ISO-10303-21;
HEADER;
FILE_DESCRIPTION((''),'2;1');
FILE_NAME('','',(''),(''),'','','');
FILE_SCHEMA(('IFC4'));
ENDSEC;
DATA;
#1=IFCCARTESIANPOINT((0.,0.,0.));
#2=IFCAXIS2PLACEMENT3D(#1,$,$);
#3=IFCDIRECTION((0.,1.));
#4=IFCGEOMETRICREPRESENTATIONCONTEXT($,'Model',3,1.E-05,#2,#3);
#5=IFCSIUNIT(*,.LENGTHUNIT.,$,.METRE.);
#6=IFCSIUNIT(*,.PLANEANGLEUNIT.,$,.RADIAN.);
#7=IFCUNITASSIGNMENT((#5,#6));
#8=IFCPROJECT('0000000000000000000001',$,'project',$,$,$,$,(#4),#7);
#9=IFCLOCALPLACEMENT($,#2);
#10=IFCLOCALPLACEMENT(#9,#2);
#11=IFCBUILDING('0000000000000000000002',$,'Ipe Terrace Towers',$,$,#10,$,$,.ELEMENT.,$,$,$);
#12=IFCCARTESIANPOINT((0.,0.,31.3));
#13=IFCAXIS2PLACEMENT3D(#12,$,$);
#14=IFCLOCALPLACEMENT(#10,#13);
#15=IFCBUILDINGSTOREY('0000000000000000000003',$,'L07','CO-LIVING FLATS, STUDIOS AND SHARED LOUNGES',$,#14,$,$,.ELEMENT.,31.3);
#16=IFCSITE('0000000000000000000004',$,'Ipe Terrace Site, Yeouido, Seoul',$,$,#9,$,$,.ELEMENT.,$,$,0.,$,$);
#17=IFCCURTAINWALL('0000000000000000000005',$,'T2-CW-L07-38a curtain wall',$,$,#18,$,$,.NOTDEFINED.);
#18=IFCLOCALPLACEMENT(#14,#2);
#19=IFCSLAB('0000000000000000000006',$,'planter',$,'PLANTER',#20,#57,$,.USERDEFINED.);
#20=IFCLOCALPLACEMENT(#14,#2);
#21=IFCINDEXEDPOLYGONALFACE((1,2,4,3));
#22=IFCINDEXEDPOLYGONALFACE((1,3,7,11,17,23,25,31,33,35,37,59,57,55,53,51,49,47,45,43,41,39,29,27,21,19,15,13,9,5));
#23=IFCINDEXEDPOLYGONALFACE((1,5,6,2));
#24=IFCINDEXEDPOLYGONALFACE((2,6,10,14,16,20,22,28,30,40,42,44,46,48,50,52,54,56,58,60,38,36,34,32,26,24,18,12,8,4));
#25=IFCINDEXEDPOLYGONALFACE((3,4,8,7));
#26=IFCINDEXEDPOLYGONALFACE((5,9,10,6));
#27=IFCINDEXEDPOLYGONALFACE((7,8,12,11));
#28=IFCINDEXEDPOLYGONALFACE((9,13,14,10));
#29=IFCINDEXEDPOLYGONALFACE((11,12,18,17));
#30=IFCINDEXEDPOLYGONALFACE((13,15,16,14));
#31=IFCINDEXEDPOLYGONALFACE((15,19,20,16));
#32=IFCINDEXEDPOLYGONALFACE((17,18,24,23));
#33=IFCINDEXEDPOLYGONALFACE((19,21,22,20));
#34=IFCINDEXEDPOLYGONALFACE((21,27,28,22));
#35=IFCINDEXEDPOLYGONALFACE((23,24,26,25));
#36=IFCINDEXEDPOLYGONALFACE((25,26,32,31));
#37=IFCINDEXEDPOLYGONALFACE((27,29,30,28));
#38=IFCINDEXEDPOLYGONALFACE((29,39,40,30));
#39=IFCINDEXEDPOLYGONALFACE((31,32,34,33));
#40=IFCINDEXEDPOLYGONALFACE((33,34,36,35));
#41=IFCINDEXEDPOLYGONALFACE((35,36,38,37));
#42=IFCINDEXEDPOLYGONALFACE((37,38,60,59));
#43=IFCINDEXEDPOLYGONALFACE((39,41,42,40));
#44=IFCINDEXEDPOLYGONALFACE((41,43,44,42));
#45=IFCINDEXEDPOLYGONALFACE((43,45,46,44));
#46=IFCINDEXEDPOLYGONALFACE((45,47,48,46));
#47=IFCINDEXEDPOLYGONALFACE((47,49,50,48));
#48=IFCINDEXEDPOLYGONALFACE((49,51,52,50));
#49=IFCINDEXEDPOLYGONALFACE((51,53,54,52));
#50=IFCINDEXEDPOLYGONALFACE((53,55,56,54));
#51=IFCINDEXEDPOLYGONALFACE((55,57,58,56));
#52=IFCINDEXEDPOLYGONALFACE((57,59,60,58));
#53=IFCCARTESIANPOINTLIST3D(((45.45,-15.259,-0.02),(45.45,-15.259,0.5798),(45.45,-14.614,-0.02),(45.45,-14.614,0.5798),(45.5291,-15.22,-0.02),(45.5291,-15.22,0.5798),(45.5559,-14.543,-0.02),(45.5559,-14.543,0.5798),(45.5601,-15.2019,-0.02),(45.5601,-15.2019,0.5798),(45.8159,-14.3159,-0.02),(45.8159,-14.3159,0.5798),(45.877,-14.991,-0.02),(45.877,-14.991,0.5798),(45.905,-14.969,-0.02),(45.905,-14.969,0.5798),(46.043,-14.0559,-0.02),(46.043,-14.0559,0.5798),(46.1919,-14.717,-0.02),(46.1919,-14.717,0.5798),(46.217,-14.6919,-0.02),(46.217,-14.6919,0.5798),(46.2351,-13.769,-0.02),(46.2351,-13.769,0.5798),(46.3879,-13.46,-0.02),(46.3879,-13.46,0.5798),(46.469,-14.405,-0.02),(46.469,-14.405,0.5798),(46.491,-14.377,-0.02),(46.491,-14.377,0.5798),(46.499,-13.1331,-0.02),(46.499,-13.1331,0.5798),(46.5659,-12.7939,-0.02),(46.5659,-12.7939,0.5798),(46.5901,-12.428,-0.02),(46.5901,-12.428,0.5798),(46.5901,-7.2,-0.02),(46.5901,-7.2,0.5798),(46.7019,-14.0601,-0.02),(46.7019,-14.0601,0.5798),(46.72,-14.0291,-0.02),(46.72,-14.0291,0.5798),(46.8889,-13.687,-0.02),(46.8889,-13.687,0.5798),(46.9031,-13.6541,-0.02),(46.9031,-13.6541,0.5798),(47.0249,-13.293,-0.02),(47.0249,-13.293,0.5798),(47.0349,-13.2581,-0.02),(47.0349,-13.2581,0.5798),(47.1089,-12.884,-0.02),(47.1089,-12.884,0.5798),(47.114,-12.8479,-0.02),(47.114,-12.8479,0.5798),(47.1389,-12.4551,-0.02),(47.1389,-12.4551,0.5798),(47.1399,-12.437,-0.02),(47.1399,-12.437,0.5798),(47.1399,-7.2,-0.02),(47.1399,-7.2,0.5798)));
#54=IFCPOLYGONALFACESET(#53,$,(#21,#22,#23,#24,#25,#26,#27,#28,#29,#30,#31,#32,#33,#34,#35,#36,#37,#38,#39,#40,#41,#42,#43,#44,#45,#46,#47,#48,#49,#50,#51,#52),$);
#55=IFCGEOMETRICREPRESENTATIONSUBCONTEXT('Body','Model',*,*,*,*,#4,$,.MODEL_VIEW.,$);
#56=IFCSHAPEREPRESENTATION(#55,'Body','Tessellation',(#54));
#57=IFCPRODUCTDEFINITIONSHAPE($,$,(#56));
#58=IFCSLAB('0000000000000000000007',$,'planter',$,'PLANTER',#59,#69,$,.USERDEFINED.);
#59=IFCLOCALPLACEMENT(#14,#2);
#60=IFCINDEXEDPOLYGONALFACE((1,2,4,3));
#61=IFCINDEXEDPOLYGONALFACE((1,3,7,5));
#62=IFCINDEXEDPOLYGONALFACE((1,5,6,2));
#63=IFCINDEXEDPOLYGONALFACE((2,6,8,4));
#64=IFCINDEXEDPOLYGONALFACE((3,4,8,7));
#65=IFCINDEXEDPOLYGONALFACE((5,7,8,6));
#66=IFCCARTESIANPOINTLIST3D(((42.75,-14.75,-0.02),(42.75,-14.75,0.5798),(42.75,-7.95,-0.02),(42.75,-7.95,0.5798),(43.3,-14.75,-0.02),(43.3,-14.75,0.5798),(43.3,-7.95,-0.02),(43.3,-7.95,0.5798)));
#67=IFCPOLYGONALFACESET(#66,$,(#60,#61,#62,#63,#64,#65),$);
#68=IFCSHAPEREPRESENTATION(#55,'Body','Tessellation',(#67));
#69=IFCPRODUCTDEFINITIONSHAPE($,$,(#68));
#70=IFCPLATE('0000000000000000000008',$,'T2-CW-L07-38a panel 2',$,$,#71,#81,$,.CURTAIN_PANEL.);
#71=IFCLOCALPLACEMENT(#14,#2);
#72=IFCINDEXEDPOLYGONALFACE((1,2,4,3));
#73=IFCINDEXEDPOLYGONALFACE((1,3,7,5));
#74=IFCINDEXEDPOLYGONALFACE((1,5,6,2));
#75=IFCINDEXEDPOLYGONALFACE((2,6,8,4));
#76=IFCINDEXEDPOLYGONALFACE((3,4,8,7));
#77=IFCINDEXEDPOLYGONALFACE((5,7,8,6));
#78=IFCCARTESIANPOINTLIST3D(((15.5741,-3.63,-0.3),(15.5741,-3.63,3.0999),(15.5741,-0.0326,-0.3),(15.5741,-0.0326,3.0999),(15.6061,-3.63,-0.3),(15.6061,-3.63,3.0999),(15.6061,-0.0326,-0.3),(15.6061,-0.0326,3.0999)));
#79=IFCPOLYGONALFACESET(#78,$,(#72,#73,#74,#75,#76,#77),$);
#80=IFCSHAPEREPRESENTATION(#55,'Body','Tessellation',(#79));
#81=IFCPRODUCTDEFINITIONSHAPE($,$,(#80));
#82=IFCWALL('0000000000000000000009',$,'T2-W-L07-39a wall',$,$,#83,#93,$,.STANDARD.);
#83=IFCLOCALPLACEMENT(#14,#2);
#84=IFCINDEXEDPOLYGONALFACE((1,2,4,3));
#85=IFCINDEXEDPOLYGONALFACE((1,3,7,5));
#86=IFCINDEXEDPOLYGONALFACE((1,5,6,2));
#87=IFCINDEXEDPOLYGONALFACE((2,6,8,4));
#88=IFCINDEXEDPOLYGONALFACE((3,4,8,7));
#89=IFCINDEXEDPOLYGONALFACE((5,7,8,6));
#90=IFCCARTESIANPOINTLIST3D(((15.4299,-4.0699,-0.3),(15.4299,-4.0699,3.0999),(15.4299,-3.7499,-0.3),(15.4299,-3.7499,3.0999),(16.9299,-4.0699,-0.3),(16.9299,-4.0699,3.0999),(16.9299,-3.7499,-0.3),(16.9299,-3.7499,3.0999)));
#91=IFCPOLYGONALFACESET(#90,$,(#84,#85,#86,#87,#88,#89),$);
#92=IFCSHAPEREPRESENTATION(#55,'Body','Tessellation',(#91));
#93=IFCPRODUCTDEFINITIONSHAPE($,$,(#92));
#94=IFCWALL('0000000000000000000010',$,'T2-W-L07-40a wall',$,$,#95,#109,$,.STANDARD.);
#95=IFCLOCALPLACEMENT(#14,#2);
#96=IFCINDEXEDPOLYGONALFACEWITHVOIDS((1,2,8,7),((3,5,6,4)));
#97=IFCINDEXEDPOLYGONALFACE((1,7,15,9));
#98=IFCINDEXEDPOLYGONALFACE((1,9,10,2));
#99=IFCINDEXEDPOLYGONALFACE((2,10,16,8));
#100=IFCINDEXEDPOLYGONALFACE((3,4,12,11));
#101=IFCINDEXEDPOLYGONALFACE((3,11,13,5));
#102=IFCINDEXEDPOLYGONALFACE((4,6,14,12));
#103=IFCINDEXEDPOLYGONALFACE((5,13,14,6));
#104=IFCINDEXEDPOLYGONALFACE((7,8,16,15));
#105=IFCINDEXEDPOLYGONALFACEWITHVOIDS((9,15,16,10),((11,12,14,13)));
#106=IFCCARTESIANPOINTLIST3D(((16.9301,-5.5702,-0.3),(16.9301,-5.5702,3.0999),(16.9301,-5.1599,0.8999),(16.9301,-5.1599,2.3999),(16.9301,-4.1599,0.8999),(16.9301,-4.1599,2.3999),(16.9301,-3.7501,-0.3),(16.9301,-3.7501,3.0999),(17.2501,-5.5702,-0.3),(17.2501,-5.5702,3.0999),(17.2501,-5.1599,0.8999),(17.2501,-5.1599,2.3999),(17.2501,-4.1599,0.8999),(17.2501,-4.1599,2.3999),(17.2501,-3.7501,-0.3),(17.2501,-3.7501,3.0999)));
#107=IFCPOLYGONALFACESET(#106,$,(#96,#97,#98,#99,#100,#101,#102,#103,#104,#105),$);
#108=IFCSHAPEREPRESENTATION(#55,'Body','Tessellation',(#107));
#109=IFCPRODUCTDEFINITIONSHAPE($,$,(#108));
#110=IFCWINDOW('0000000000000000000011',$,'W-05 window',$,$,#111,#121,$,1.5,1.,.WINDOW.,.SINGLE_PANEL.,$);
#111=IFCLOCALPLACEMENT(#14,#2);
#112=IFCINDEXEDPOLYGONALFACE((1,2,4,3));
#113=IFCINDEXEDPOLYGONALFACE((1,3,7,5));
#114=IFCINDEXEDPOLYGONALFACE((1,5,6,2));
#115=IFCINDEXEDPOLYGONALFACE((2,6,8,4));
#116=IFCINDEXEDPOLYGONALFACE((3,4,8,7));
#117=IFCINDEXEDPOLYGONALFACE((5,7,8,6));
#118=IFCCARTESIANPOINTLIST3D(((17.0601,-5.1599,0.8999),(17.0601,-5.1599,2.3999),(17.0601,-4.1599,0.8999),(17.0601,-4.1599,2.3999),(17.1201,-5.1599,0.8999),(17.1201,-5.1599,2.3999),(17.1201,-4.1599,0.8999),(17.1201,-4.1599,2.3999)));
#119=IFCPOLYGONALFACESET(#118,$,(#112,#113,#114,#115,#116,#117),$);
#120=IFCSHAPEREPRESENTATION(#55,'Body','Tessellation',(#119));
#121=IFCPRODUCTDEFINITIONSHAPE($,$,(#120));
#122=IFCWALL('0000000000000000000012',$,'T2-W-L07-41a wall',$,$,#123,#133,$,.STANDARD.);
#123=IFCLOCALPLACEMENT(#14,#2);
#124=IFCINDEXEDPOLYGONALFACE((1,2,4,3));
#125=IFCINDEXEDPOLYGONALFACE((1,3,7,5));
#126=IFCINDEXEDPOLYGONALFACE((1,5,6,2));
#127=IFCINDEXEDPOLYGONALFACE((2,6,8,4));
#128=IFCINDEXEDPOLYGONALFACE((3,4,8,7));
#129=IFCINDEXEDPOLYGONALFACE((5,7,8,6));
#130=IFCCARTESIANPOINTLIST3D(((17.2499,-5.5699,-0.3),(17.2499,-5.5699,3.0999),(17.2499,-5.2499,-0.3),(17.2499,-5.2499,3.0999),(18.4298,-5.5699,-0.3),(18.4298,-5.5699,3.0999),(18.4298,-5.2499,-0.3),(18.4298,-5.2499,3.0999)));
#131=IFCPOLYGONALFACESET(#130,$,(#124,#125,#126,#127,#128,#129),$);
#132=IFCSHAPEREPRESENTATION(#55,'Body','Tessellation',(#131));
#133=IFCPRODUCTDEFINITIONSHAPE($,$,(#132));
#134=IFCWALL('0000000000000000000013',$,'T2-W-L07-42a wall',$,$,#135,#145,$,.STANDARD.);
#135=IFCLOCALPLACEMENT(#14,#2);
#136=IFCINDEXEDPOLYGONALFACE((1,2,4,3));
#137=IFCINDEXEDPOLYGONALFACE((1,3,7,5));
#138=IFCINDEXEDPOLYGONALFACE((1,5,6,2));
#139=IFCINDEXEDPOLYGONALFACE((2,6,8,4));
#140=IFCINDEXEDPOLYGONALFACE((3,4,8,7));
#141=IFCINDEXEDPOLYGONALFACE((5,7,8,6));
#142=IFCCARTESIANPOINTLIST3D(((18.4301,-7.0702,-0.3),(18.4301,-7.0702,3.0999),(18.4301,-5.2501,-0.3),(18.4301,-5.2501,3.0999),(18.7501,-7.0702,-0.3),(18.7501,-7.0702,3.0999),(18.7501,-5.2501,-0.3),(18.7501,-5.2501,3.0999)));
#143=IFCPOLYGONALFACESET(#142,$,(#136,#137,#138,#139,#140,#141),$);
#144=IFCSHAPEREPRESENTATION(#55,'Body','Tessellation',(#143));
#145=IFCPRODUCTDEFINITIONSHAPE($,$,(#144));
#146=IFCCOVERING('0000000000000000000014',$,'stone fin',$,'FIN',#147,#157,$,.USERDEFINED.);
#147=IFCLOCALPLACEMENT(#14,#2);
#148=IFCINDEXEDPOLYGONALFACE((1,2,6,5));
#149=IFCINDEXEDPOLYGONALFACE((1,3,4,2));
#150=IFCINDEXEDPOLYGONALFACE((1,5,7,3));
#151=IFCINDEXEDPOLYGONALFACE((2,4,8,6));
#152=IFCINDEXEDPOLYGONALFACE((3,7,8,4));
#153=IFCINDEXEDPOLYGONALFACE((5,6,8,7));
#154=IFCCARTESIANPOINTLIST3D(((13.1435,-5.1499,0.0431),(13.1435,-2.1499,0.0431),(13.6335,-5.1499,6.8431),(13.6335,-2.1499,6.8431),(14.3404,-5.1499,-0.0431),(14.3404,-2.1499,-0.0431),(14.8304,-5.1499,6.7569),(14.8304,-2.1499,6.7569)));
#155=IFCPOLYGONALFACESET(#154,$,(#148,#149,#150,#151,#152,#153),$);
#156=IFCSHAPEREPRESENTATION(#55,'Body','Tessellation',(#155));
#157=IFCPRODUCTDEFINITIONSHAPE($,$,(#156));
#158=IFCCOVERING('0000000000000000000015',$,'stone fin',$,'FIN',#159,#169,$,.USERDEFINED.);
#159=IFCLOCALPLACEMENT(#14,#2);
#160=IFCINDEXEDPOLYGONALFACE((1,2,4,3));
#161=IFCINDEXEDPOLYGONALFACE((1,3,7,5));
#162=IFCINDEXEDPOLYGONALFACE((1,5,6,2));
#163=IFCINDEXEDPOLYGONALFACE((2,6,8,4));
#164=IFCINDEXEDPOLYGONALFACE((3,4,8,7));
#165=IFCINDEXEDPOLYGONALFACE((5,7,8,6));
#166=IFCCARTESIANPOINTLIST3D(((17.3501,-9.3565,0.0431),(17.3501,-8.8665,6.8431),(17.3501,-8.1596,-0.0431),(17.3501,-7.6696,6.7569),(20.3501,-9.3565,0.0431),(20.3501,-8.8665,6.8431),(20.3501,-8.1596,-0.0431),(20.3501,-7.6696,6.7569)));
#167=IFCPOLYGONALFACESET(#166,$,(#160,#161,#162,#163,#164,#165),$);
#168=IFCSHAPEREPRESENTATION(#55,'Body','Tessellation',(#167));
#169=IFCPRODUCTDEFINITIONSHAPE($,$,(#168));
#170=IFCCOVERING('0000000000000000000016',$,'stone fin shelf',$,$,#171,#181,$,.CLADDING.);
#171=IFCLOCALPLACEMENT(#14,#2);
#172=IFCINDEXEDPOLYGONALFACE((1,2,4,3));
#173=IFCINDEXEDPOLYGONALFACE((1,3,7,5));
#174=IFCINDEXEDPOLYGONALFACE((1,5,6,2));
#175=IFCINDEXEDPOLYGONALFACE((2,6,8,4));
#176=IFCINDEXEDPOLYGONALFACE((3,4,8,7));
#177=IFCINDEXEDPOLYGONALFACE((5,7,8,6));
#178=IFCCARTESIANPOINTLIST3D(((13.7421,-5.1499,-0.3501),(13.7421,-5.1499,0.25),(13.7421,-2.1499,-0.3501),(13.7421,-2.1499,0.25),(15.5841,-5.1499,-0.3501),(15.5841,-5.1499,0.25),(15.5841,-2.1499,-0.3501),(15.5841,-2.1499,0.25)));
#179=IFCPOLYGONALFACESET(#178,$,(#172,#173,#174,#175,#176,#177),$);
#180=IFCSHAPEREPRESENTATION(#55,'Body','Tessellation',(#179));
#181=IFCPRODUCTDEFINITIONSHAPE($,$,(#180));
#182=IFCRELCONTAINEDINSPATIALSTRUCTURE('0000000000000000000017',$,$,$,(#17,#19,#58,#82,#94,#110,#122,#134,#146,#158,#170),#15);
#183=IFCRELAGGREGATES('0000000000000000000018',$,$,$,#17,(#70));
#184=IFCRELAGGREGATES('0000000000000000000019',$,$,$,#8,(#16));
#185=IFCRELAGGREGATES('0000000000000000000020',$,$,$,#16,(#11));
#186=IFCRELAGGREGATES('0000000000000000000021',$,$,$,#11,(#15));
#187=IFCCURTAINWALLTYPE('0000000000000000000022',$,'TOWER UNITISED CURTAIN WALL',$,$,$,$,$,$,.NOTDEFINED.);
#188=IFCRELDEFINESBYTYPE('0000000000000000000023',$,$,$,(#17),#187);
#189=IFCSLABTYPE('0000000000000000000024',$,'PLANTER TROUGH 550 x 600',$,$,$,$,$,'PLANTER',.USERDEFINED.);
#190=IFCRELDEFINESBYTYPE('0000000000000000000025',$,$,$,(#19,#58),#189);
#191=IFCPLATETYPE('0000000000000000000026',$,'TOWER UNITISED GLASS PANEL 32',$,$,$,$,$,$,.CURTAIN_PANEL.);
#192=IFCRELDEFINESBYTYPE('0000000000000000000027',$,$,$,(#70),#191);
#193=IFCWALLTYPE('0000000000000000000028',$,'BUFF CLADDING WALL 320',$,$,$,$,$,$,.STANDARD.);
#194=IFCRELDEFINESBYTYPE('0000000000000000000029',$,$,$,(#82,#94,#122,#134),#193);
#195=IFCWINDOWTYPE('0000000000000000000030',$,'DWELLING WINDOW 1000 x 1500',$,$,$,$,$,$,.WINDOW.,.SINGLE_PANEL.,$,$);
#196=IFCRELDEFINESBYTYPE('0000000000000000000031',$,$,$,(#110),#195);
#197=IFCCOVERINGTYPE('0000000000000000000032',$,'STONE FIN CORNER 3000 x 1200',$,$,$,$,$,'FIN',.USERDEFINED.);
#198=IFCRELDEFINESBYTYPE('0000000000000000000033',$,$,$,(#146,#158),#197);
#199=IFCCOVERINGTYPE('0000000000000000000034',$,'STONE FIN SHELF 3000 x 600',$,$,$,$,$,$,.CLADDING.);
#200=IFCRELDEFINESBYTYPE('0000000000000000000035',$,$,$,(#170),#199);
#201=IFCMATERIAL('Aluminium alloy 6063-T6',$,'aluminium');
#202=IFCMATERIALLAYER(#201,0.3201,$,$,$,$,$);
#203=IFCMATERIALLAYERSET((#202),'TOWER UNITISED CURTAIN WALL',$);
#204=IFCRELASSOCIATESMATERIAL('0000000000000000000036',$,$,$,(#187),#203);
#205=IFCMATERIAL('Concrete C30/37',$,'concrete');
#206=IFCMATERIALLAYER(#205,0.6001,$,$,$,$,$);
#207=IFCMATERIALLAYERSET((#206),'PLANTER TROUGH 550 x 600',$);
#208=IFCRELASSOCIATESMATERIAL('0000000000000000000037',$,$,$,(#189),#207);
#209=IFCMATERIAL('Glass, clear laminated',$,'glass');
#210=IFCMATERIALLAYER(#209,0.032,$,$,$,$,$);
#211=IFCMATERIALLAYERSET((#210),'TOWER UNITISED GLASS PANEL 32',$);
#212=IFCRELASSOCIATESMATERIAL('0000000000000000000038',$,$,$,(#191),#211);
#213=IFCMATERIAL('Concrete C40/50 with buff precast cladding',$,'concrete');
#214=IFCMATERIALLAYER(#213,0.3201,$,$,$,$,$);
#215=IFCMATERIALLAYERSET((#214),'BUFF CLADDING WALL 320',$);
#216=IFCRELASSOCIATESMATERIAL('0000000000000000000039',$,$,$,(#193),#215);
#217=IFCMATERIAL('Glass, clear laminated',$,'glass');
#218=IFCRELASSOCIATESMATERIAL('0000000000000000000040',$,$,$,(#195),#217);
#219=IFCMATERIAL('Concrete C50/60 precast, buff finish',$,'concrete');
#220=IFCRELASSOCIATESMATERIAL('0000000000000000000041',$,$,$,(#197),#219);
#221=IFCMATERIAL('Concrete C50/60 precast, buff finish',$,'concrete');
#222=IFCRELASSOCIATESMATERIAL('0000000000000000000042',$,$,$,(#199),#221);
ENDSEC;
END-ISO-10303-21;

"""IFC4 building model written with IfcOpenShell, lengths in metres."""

from ifc_helpers import new_model, si_unit, direction, frame, frame_2d, origin, origin_2d, place, context, subcontext, project, spatial, polyline, rectangle, outline, extrude, material, layer, layer_set, material_profile, profile_set, type_object, element, fill, aggregate, save


model = new_model("IFC4")

# Units and contexts
model_context = context("Model", 3, precision=1e-05, world=origin(), true_north=direction((0.0, 1.0)))
body_context = subcontext(model_context, "Body", "Model", "MODEL_VIEW")
ifc_project = project(units=[si_unit("LENGTHUNIT", "METRE"), si_unit("PLANEANGLEUNIT", "RADIAN")], contexts=[model_context])

# Site, building, storey
site_placement = place(None, origin())
site = spatial("IfcSite", under=ifc_project, at=site_placement, Name="Ipe Terrace Site, Yeouido, Seoul", CompositionType="ELEMENT", RefElevation=0.0)
building_placement = place(site_placement, origin())
building = spatial("IfcBuilding", under=site, at=building_placement, Name="Ipe Terrace Towers", CompositionType="ELEMENT")
storey_placement = place(building_placement, frame((0.0, 0.0, 31.3)))
storey = spatial("IfcBuildingStorey", under=building, at=storey_placement, Name="L07", Description="CO-LIVING FLATS, STUDIOS AND SHARED LOUNGES", CompositionType="ELEMENT", Elevation=31.3)

# Curtain wall
ifc_material_1 = material(Name="Aluminium alloy 6063-T6", Category="aluminium")
ifc_layer_1 = layer(ifc_material_1, 0.3201)
ifc_layer_set_1 = layer_set([ifc_layer_1], Name="TOWER UNITISED CURTAIN WALL")
curtain_wall_type = type_object("IfcCurtainWallType", Name="TOWER UNITISED CURTAIN WALL", PredefinedType="NOTDEFINED", material=ifc_layer_set_1)
curtain_wall_1_placement = place(storey_placement, origin())
curtain_wall_1 = element("IfcCurtainWall", 1, at=curtain_wall_1_placement, inside=storey, type_object=curtain_wall_type, Name="T2-CW-L07-38a curtain wall", PredefinedType="NOTDEFINED")

# Slabs
ifc_material_2 = material(Name="Concrete C30/37", Category="concrete")
ifc_layer_2 = layer(ifc_material_2, 0.6001)
ifc_layer_set_2 = layer_set([ifc_layer_2], Name="PLANTER TROUGH 550 x 600")
slab_type_1 = type_object("IfcSlabType", Name="PLANTER TROUGH 550 x 600", ElementType="PLANTER", PredefinedType="USERDEFINED", material=ifc_layer_set_2)
slab_1_placement = place(storey_placement, frame((0.0, 0.0, -0.02)))
element("IfcSlab", 2, at=slab_1_placement, inside=storey, type_object=slab_type_1, Name="planter", ObjectType="PLANTER", PredefinedType="USERDEFINED", context=body_context, shape_type="SweptSolid", body=[
    extrude(outline(polyline([(45.5559, -14.543), (45.45, -14.614), (45.45, -15.259), (45.5291, -15.22), (45.5601, -15.2019), (45.877, -14.991), (45.905, -14.969), (46.1919, -14.717), (46.217, -14.6919), (46.469, -14.405), (46.491, -14.377), (46.7019, -14.0601), (46.72, -14.0291), (46.8889, -13.687), (46.9031, -13.6541), (47.0249, -13.293), (47.0349, -13.2581), (47.1089, -12.884), (47.114, -12.8479), (47.1389, -12.4551), (47.1399, -12.437), (47.1399, -7.2), (46.5901, -7.2), (46.5901, -12.428), (46.5659, -12.7939), (46.499, -13.1331), (46.3879, -13.46), (46.2351, -13.769), (46.043, -14.0559), (45.8159, -14.3159), (45.5559, -14.543)])), origin(), (0.0, 0.0, 1.0), 0.5999),
])
slab_2_placement = place(storey_placement, frame((0.0, 0.0, -0.02)))
element("IfcSlab", 3, at=slab_2_placement, inside=storey, type_object=slab_type_1, Name="planter", ObjectType="PLANTER", PredefinedType="USERDEFINED", context=body_context, shape_type="SweptSolid", body=[
    extrude(outline(polyline([(42.75, -7.95), (42.75, -14.75), (43.3, -14.75), (43.3, -7.95), (42.75, -7.95)])), origin(), (0.0, 0.0, 1.0), 0.5999),
])

# Plate
ifc_material_3 = material(Name="Glass, clear laminated", Category="glass")
ifc_layer_3 = layer(ifc_material_3, 0.032)
ifc_layer_set_3 = layer_set([ifc_layer_3], Name="TOWER UNITISED GLASS PANEL 32")
plate_type = type_object("IfcPlateType", Name="TOWER UNITISED GLASS PANEL 32", PredefinedType="CURTAIN_PANEL", material=ifc_layer_set_3)
plate_placement = place(storey_placement, frame((15.5901, -1.8313, -0.3), z_axis=(0.0, 0.0, 1.0), x_axis=(0.0, -1.0, 0.0)))
plate = element("IfcPlate", 4, at=plate_placement, type_object=plate_type, Name="T2-CW-L07-38a panel 2", PredefinedType="CURTAIN_PANEL", context=body_context, shape_type="SweptSolid", body=[
    extrude(rectangle(XDim=3.5974, YDim=0.032, at=origin_2d()), origin(), (0.0, 0.0, 1.0), 3.3999),
])
aggregate(curtain_wall_1, [plate])

# Wall
ifc_material_4 = material(Name="Concrete C40/50 with buff precast cladding", Category="concrete")
ifc_layer_4 = layer(ifc_material_4, 0.3201)
ifc_layer_set_4 = layer_set([ifc_layer_4], Name="BUFF CLADDING WALL 320")
wall_type = type_object("IfcWallType", Name="BUFF CLADDING WALL 320", PredefinedType="STANDARD", material=ifc_layer_set_4)
wall_1_placement = place(storey_placement, frame((15.4299, -3.9099, -0.3), z_axis=(0.0, 0.0, 1.0), x_axis=(1.0, 0.0, 0.0)))
element("IfcWall", 5, at=wall_1_placement, inside=storey, type_object=wall_type, Name="T2-W-L07-39a wall", PredefinedType="STANDARD", context=body_context, shape_type="SweptSolid", body=[
    extrude(rectangle(XDim=1.5, YDim=0.3201, at=frame_2d((0.75, 0.0))), origin(), (0.0, 0.0, 1.0), 3.3999),
])

# Wall, opening, window
wall_2_placement = place(storey_placement, frame((17.0901, -3.75, -0.3), z_axis=(0.0, 0.0, 1.0), x_axis=(0.0, -1.0, 0.0)))
wall_2 = element("IfcWall", 6, at=wall_2_placement, inside=storey, type_object=wall_type, Name="T2-W-L07-40a wall", PredefinedType="STANDARD", context=body_context, shape_type="SweptSolid", body=[
    extrude(rectangle(XDim=1.8201, YDim=0.3201, at=frame_2d((0.9102, 0.0))), origin(), (0.0, 0.0, 1.0), 3.3999),
])
opening_placement = place(wall_2_placement, frame((0.4099, 0.0, 1.2)))
opening = element("IfcOpeningElement", 7, at=opening_placement, cuts=wall_2, PredefinedType="OPENING", context=body_context, shape_type="SweptSolid", body=[
    extrude(rectangle(XDim=1.0, YDim=1.5, at=frame_2d((0.5, 0.75))), frame((0.0, 0.1699, 0.0), z_axis=(0.0, -1.0, 0.0), x_axis=(1.0, 0.0, 0.0)), (0.0, 0.0, 1.0), 0.3401),
])
ifc_material_5 = material(Name="Glass, clear laminated", Category="glass")
window_type = type_object("IfcWindowType", Name="DWELLING WINDOW 1000 x 1500", PartitioningType="SINGLE_PANEL", PredefinedType="WINDOW", material=ifc_material_5)
window_placement = place(opening_placement, origin())
window = element("IfcWindow", 8, at=window_placement, inside=storey, type_object=window_type, Name="W-05 window", OverallHeight=1.5, OverallWidth=1.0, PartitioningType="SINGLE_PANEL", PredefinedType="WINDOW", context=body_context, shape_type="SweptSolid", body=[
    extrude(rectangle(XDim=1.0, YDim=1.5, at=frame_2d((0.5, 0.75))), frame((0.0, 0.03, 0.0), z_axis=(0.0, -1.0, 0.0), x_axis=(1.0, 0.0, 0.0)), (0.0, 0.0, 1.0), 0.0601),
])
fill(opening, window)

# Walls
wall_3_placement = place(storey_placement, frame((17.25, -5.4099, -0.3), z_axis=(0.0, 0.0, 1.0), x_axis=(1.0, 0.0, 0.0)))
element("IfcWall", 9, at=wall_3_placement, inside=storey, type_object=wall_type, Name="T2-W-L07-41a wall", PredefinedType="STANDARD", context=body_context, shape_type="SweptSolid", body=[
    extrude(rectangle(XDim=1.1799, YDim=0.3201, at=frame_2d((0.5898, 0.0))), origin(), (0.0, 0.0, 1.0), 3.3999),
])
wall_4_placement = place(storey_placement, frame((18.5901, -5.25, -0.3), z_axis=(0.0, 0.0, 1.0), x_axis=(0.0, -1.0, 0.0)))
element("IfcWall", 10, at=wall_4_placement, inside=storey, type_object=wall_type, Name="T2-W-L07-42a wall", PredefinedType="STANDARD", context=body_context, shape_type="SweptSolid", body=[
    extrude(rectangle(XDim=1.8201, YDim=0.3201, at=frame_2d((0.9102, 0.0))), origin(), (0.0, 0.0, 1.0), 3.3999),
])

# Coverings
ifc_material_6 = material(Name="Concrete C50/60 precast, buff finish", Category="concrete")
ifc_material_profile_1 = material_profile(ifc_material_6, rectangle(XDim=3.0, YDim=1.2, at=origin_2d()), Name="STONE FIN CORNER 3000 x 1200")
ifc_profile_set_1 = profile_set([ifc_material_profile_1], Name="Concrete C50/60 precast, buff finish")
covering_type_1 = type_object("IfcCoveringType", Name="STONE FIN CORNER 3000 x 1200", ElementType="FIN", PredefinedType="USERDEFINED", material=ifc_profile_set_1)
for number, where, z_axis, x_axis, name in (
    (11, (13.7419, -3.6499, 0.0), (0.071871, 0.0, 0.997414), (0.0, -1.0, 0.0), "stone fin"),
    (12, (18.8501, -8.7581, 0.0), (0.0, 0.071871, 0.997414), (1.0, 0.0, 0.0), "stone fin"),
):
    element("IfcCovering", number, at=place(storey_placement, frame(where, z_axis=z_axis, x_axis=x_axis)), inside=storey, type_object=covering_type_1, Name=name, ObjectType="FIN", PredefinedType="USERDEFINED", context=body_context, shape_type="SweptSolid", body=[
        extrude(rectangle(XDim=3.0, YDim=1.2, at=origin_2d()), origin(), (0.0, 0.0, 1.0), 6.8176),
    ])
ifc_material_7 = material(Name="Concrete C50/60 precast, buff finish", Category="concrete")
covering_type_2 = type_object("IfcCoveringType", Name="STONE FIN SHELF 3000 x 600", PredefinedType="CLADDING", material=ifc_material_7)
for number, where, z_axis, x_axis, name in (
    (13, (14.6631, -3.6499, -0.3501), (0.0, 0.0, 1.0), (0.0, -1.0, 0.0), "stone fin shelf"),
):
    element("IfcCovering", number, at=place(storey_placement, frame(where, z_axis=z_axis, x_axis=x_axis)), inside=storey, type_object=covering_type_2, Name=name, PredefinedType="CLADDING", context=body_context, shape_type="SweptSolid", body=[
        extrude(rectangle(XDim=3.0, YDim=1.842, at=origin_2d()), origin(), (0.0, 0.0, 1.0), 0.6001),
    ])

save(model, "model.ifc")
